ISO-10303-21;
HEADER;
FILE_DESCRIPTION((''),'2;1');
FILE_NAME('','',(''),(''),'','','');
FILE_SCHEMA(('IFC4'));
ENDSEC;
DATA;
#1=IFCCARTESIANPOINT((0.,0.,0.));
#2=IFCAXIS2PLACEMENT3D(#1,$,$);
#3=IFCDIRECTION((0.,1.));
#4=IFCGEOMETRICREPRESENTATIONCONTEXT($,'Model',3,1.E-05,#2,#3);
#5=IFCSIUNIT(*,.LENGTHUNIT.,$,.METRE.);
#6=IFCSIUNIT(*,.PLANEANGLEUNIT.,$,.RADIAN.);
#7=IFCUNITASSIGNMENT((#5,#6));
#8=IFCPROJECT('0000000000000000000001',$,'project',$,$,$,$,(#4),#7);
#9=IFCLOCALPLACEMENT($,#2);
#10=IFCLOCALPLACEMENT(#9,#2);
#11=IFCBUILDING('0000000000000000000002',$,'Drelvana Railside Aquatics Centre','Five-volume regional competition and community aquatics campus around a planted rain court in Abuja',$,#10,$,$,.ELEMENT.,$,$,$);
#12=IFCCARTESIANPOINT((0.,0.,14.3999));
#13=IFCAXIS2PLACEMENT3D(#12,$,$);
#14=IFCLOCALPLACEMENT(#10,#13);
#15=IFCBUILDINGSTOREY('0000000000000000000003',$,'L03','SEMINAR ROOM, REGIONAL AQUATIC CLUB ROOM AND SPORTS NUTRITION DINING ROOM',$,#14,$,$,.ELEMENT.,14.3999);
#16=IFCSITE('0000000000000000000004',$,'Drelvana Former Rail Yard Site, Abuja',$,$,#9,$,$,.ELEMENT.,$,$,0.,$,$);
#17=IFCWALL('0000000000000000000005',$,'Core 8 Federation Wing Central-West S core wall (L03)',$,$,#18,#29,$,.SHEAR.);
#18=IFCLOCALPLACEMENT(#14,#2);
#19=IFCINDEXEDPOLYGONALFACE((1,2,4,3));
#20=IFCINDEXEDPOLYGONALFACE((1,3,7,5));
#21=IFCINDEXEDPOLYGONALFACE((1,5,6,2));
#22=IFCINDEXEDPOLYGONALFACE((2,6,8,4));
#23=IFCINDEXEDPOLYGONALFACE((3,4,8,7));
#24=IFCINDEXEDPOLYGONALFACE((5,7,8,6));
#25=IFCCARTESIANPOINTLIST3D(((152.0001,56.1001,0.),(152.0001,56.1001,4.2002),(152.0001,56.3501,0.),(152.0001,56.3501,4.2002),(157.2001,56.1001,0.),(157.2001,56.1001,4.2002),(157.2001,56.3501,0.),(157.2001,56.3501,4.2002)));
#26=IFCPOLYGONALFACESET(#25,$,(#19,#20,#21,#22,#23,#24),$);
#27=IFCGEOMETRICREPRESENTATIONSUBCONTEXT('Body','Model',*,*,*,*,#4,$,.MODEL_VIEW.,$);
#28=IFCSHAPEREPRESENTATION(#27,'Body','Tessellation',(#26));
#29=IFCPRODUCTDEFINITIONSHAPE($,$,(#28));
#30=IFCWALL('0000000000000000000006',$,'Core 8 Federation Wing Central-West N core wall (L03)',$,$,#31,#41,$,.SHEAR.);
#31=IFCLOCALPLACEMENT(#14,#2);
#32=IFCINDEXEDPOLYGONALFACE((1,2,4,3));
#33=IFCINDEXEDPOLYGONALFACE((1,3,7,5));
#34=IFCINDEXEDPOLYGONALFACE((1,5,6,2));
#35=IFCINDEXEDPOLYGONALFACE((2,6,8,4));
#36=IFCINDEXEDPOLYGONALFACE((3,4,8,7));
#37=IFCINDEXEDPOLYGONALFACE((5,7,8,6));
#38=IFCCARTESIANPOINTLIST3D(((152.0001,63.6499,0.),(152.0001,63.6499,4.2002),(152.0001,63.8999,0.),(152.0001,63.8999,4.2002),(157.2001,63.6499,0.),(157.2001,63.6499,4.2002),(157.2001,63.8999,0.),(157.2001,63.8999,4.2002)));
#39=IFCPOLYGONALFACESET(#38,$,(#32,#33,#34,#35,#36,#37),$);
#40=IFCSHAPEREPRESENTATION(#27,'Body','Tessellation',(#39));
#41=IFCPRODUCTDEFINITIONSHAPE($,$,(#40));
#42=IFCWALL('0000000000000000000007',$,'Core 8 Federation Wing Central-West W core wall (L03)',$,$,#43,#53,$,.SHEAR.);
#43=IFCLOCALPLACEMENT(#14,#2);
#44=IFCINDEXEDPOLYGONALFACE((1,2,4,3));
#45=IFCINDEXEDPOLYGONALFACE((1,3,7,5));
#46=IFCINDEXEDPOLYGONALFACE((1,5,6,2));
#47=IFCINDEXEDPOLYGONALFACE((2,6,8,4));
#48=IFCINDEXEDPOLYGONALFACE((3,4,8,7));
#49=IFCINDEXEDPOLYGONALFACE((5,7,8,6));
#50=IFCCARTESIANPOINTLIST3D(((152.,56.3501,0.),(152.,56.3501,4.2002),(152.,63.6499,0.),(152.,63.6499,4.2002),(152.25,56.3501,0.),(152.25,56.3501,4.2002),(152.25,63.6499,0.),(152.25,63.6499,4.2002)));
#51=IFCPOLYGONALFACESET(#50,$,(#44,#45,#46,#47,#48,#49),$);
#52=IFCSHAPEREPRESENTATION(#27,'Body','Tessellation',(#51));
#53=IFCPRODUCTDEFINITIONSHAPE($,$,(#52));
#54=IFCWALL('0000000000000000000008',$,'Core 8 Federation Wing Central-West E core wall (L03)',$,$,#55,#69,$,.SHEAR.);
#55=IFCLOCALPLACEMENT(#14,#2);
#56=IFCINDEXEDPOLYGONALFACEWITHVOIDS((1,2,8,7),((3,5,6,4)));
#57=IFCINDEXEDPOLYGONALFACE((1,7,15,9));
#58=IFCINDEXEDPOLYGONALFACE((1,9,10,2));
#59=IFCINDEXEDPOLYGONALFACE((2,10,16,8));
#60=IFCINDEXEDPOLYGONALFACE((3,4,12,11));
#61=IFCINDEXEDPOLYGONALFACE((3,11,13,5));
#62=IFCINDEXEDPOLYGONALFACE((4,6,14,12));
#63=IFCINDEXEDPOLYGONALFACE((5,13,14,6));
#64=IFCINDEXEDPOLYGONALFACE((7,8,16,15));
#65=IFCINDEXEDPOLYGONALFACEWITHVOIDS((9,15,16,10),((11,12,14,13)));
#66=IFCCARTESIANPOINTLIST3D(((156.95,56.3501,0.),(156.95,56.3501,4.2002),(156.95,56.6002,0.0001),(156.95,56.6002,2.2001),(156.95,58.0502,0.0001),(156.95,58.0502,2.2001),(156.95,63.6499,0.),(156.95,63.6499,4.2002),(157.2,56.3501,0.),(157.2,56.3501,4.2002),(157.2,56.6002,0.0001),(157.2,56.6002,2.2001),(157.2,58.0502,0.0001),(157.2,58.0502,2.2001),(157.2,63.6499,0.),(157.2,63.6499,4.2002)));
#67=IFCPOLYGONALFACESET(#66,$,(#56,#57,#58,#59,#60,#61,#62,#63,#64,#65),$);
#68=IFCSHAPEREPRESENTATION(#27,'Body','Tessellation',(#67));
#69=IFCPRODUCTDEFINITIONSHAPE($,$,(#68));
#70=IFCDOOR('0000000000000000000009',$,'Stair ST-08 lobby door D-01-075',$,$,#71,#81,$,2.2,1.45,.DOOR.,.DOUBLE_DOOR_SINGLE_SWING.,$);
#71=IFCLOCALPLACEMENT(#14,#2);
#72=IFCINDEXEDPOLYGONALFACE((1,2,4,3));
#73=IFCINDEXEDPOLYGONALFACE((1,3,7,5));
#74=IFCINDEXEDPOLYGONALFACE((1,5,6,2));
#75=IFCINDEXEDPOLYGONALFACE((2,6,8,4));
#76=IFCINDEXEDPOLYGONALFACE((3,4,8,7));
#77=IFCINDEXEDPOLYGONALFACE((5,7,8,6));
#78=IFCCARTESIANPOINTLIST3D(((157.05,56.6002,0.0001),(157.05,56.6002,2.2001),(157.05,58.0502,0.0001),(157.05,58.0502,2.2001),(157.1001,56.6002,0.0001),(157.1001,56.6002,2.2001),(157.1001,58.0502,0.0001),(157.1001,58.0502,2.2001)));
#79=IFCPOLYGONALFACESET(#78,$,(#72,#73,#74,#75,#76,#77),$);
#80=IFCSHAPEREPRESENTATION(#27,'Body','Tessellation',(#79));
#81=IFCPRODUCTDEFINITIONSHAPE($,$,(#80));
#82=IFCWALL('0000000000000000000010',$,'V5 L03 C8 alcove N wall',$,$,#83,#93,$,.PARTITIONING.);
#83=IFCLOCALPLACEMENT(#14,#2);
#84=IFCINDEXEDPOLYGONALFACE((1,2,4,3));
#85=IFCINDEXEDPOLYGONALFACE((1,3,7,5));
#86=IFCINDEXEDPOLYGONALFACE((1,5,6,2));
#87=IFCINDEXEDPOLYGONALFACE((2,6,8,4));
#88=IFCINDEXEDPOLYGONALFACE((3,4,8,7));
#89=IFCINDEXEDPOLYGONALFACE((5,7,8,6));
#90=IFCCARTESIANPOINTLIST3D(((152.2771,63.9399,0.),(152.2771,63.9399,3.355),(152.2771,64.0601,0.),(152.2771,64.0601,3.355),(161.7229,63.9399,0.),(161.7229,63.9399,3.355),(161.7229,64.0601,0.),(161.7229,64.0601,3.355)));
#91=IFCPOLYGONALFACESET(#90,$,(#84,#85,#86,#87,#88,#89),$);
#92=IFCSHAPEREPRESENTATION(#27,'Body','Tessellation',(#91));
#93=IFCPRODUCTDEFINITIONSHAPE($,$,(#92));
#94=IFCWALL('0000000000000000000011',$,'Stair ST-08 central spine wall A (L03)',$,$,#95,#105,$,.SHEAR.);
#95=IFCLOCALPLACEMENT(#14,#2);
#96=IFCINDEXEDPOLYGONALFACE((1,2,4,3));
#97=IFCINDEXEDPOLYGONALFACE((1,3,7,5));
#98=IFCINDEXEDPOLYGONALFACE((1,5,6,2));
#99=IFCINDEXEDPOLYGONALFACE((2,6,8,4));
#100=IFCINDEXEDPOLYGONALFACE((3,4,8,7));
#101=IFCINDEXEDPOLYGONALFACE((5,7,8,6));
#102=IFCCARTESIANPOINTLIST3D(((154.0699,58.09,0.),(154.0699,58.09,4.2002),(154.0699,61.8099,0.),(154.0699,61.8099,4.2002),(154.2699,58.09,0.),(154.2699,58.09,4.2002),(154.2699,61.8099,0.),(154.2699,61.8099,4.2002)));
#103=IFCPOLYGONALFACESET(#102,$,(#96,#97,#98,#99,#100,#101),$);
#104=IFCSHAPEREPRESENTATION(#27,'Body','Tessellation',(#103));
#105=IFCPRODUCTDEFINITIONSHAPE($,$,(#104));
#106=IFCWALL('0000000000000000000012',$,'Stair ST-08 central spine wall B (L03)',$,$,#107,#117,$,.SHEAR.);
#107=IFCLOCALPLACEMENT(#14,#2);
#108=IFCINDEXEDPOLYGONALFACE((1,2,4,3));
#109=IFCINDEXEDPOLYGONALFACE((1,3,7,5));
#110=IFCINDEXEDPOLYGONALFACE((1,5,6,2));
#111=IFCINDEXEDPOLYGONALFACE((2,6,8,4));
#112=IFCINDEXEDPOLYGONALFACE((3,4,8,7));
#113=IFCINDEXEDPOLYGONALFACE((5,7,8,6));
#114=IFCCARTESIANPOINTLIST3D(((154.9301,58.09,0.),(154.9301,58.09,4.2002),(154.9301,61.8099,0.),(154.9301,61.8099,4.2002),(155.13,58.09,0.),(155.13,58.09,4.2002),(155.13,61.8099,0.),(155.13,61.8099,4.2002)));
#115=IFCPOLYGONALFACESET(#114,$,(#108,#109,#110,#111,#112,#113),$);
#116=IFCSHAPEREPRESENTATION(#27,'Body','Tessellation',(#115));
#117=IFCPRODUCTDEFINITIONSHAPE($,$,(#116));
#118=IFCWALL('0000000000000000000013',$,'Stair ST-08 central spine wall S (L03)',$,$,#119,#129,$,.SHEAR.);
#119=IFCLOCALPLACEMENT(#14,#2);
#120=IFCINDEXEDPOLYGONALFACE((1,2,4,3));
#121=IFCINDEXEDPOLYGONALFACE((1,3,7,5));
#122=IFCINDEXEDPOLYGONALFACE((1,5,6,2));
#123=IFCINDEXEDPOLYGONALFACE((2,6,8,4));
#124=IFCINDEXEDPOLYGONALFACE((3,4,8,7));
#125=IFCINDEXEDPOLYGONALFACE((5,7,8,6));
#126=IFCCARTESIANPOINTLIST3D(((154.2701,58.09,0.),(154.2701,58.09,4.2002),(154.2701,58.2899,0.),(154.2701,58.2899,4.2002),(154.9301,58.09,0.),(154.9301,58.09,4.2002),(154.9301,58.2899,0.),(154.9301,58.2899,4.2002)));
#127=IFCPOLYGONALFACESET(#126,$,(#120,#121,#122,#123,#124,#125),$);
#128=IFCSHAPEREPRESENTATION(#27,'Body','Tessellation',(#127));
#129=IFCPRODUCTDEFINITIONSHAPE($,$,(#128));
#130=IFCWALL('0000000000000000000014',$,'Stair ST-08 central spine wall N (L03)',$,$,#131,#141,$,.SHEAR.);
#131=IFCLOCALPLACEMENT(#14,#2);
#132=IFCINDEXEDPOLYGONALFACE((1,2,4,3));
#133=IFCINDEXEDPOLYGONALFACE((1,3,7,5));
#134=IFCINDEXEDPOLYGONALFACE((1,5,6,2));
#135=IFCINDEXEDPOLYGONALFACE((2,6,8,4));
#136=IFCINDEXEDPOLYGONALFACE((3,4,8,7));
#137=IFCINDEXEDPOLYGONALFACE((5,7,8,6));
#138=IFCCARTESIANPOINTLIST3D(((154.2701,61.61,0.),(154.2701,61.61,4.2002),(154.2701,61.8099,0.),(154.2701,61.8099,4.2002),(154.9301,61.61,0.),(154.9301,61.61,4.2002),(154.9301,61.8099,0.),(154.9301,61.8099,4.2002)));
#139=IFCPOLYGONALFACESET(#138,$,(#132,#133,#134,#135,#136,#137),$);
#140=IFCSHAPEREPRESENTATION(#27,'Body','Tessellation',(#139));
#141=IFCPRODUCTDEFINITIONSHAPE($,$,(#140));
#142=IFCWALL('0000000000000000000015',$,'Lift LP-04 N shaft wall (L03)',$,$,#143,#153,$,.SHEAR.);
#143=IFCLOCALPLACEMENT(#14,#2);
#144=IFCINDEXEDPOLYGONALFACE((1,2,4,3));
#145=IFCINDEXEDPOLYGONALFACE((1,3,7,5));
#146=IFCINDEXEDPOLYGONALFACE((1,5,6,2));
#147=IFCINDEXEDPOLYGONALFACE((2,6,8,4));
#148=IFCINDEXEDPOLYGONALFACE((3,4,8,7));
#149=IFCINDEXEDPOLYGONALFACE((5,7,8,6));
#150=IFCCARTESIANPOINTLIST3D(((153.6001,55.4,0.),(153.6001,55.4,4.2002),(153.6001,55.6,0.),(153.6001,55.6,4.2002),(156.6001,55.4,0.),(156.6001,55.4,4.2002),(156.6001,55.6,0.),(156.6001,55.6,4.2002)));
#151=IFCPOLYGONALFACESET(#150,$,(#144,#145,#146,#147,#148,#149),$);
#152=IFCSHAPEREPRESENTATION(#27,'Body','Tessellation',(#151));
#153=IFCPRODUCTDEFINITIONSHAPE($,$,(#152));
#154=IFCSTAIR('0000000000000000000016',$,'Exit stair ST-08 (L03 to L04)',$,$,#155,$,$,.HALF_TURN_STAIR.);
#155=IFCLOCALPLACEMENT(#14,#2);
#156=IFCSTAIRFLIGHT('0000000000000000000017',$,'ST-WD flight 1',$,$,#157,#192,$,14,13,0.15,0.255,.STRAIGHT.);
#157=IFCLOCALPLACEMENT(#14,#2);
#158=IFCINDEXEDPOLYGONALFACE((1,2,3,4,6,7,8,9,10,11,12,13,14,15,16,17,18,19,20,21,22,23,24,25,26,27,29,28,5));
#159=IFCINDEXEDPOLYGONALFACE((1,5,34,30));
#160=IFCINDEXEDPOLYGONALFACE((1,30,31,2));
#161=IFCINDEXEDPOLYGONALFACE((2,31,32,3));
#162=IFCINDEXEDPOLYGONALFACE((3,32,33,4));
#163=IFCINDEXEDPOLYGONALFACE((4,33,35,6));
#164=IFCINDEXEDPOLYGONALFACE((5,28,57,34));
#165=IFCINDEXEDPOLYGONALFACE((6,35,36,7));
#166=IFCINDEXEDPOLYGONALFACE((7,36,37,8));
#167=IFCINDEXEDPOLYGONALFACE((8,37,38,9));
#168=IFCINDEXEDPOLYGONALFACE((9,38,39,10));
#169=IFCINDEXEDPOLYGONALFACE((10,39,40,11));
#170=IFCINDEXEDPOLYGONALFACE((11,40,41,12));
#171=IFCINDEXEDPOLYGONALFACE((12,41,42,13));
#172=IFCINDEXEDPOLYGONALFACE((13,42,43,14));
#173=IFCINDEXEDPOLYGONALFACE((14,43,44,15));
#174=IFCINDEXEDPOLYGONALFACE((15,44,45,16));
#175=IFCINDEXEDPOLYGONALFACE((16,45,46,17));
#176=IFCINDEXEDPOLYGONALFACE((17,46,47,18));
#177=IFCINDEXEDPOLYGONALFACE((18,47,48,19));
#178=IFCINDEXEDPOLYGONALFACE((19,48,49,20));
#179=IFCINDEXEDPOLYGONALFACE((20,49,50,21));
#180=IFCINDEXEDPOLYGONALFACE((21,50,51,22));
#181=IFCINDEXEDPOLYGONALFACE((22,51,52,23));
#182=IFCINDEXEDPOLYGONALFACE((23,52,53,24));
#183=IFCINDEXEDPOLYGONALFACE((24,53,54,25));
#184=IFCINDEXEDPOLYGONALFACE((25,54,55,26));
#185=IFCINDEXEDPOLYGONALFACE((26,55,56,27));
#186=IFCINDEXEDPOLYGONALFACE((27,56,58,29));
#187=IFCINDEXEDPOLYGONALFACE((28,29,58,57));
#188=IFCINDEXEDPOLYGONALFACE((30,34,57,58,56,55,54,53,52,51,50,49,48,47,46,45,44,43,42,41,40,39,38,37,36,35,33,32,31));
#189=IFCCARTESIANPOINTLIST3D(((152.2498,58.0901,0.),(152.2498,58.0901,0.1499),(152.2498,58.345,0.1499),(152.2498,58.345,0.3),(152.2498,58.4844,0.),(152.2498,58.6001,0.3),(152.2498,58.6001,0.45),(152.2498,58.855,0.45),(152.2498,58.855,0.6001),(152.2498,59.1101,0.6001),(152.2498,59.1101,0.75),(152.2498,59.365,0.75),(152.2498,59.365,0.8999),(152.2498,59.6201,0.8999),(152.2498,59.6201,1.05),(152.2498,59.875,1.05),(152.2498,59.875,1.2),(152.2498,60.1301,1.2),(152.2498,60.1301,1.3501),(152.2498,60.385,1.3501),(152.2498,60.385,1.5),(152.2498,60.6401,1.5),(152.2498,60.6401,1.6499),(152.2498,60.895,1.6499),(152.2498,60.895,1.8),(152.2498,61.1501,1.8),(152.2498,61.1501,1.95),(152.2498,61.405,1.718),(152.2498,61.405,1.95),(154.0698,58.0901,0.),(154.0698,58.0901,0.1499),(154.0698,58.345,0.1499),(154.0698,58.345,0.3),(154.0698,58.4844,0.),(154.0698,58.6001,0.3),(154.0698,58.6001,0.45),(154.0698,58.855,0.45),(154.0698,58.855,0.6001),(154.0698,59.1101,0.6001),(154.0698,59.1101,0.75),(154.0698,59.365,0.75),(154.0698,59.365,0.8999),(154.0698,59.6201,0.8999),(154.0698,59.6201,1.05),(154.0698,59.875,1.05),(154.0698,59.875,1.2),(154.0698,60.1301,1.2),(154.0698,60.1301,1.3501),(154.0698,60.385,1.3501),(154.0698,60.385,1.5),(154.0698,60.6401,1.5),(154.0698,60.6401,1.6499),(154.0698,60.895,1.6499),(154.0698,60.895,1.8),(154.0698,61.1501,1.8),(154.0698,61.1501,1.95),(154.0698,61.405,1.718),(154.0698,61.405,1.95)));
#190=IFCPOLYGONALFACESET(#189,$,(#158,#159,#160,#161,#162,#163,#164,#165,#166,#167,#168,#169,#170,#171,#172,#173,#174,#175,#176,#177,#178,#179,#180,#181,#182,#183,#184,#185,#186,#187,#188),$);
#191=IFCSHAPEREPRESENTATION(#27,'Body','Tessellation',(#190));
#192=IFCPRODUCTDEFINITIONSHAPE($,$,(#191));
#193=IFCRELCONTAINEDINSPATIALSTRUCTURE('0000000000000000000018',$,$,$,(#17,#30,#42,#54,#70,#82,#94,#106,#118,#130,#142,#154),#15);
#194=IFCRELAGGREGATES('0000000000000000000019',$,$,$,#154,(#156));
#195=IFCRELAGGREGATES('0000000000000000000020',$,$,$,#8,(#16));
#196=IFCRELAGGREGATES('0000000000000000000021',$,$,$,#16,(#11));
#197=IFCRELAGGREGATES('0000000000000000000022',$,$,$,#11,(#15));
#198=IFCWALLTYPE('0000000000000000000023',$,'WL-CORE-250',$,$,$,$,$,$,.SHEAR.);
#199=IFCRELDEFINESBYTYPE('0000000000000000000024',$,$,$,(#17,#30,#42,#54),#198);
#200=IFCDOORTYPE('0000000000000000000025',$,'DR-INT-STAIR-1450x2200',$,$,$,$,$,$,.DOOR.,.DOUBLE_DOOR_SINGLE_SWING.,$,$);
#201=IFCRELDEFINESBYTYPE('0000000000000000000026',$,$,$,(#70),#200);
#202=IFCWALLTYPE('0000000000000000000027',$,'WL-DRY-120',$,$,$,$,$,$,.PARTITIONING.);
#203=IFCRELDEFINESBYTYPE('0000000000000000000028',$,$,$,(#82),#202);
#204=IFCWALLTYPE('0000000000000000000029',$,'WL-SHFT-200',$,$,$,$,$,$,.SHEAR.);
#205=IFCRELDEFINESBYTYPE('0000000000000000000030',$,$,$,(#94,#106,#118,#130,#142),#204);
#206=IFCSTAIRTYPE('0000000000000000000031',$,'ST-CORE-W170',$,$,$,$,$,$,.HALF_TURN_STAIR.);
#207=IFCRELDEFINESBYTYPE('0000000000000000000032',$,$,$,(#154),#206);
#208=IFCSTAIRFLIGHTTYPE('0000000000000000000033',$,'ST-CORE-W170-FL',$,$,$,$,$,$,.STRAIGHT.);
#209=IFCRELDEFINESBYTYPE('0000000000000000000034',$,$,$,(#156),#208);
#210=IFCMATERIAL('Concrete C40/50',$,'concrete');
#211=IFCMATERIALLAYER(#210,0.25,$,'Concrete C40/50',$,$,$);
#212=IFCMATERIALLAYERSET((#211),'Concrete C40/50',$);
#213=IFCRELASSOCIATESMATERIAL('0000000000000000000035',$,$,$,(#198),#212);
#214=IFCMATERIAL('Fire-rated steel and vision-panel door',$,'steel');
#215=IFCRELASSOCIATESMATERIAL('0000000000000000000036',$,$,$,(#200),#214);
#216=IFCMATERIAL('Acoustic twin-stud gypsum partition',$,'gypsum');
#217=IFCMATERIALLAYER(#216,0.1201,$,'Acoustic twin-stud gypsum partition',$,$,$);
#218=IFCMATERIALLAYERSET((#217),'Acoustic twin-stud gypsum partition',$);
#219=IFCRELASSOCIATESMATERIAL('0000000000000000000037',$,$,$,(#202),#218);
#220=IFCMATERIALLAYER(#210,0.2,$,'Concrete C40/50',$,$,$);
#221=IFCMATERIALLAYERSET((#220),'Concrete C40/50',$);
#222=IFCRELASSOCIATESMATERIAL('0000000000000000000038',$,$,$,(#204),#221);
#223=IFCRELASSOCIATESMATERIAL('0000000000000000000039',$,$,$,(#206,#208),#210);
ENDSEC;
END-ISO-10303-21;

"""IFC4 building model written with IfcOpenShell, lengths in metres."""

from ifc_helpers import new_model, si_unit, direction, frame, frame_2d, origin, place, context, subcontext, project, spatial, polyline, rectangle, outline, extrude, material, layer, layer_set, type_object, element, fill, aggregate, save


model = new_model("IFC4")

# Units and contexts
model_context = context("Model", 3, precision=1e-05, world=origin(), true_north=direction((0.0, 1.0)))
body_context = subcontext(model_context, "Body", "Model", "MODEL_VIEW")
ifc_project = project(units=[si_unit("LENGTHUNIT", "METRE"), si_unit("PLANEANGLEUNIT", "RADIAN")], contexts=[model_context])

# Site, building, storey
site_placement = place(None, origin())
site = spatial("IfcSite", under=ifc_project, at=site_placement, Name="Drelvana Former Rail Yard Site, Abuja", CompositionType="ELEMENT", RefElevation=0.0)
building_placement = place(site_placement, origin())
building = spatial("IfcBuilding", under=site, at=building_placement, Name="Drelvana Railside Aquatics Centre", Description="Five-volume regional competition and community aquatics campus around a planted rain court in Abuja", CompositionType="ELEMENT")
storey_placement = place(building_placement, frame((0.0, 0.0, 14.3999)))
storey = spatial("IfcBuildingStorey", under=building, at=storey_placement, Name="L03", Description="SEMINAR ROOM, REGIONAL AQUATIC CLUB ROOM AND SPORTS NUTRITION DINING ROOM", CompositionType="ELEMENT", Elevation=14.3999)

# Shared definitions
ifc_material_1 = material(Name="Concrete C40/50", Category="concrete")

# Walls
ifc_layer_1 = layer(ifc_material_1, 0.25, Name="Concrete C40/50")
ifc_layer_set_1 = layer_set([ifc_layer_1], Name="Concrete C40/50")
wall_type_1 = type_object("IfcWallType", Name="WL-CORE-250", PredefinedType="SHEAR", material=ifc_layer_set_1)
for number, where, z_axis, x_axis, name in (
    (1, (152.0, 56.2251, 0.0), (0.0, 0.0, 1.0), (1.0, 0.0, 0.0), "Core 8 Federation Wing Central-West S core wall (L03)"),
    (2, (152.0, 63.7749, 0.0), (0.0, 0.0, 1.0), (1.0, 0.0, 0.0), "Core 8 Federation Wing Central-West N core wall (L03)"),
):
    element("IfcWall", number, at=place(storey_placement, frame(where, z_axis=z_axis, x_axis=x_axis)), inside=storey, type_object=wall_type_1, Name=name, PredefinedType="SHEAR", context=body_context, shape_type="SweptSolid", body=[
        extrude(rectangle(XDim=5.2, YDim=0.25, at=frame_2d((2.6001, 0.0))), origin(), (0.0, 0.0, 1.0), 4.2002),
    ])
wall_1_placement = place(storey_placement, frame((152.125, 56.3501, 0.0), z_axis=(0.0, 0.0, 1.0), x_axis=(0.0, 1.0, 0.0)))
element("IfcWall", 3, at=wall_1_placement, inside=storey, type_object=wall_type_1, Name="Core 8 Federation Wing Central-West W core wall (L03)", PredefinedType="SHEAR", context=body_context, shape_type="SweptSolid", body=[
    extrude(rectangle(XDim=7.2998, YDim=0.25, at=frame_2d((3.6499, 0.0))), origin(), (0.0, 0.0, 1.0), 4.2002),
])

# Wall, opening, door
wall_2_placement = place(storey_placement, frame((157.075, 56.3501, 0.0), z_axis=(0.0, 0.0, 1.0), x_axis=(0.0, 1.0, 0.0)))
wall_2 = element("IfcWall", 4, at=wall_2_placement, inside=storey, type_object=wall_type_1, Name="Core 8 Federation Wing Central-West E core wall (L03)", PredefinedType="SHEAR", context=body_context, shape_type="SweptSolid", body=[
    extrude(rectangle(XDim=7.2998, YDim=0.25, at=frame_2d((3.6499, 0.0))), origin(), (0.0, 0.0, 1.0), 4.2002),
])
opening_1_placement = place(wall_2_placement, frame((0.25, 0.0, 0.0)))
opening_1 = element("IfcOpeningElement", 5, at=opening_1_placement, cuts=wall_2, PredefinedType="OPENING", context=body_context, shape_type="SweptSolid", body=[
    extrude(rectangle(XDim=1.45, YDim=2.2, at=frame_2d((0.7251, 1.1001))), frame((0.0, 0.135, 0.0), z_axis=(0.0, -1.0, 0.0), x_axis=(1.0, 0.0, 0.0)), (0.0, 0.0, 1.0), 0.27),
])
ifc_material_2 = material(Name="Fire-rated steel and vision-panel door", Category="steel")
door_type_1 = type_object("IfcDoorType", Name="DR-INT-STAIR-1450x2200", OperationType="DOUBLE_DOOR_SINGLE_SWING", PredefinedType="DOOR", material=ifc_material_2)
door_1_placement = place(opening_1_placement, origin())
door_1 = element("IfcDoor", 6, at=door_1_placement, inside=storey, type_object=door_type_1, Name="Stair ST-08 lobby door D-01-075", OperationType="DOUBLE_DOOR_SINGLE_SWING", OverallHeight=2.2, OverallWidth=1.45, PredefinedType="DOOR", context=body_context, shape_type="SweptSolid", body=[
    extrude(rectangle(XDim=1.45, YDim=2.2, at=frame_2d((0.7251, 1.1001))), frame((0.0, 0.0249, 0.0), z_axis=(0.0, -1.0, 0.0), x_axis=(1.0, 0.0, 0.0)), (0.0, 0.0, 1.0), 0.05),
])
fill(opening_1, door_1)
ifc_material_3 = material(Name="Acoustic twin-stud gypsum partition", Category="gypsum")
ifc_layer_2 = layer(ifc_material_3, 0.1201, Name="Acoustic twin-stud gypsum partition")
ifc_layer_set_2 = layer_set([ifc_layer_2], Name="Acoustic twin-stud gypsum partition")
wall_type_2 = type_object("IfcWallType", Name="WL-DRY-120", PredefinedType="PARTITIONING", material=ifc_layer_set_2)

# Walls
wall_3_placement = place(storey_placement, frame((152.2771, 64.0, 0.0), z_axis=(0.0, 0.0, 1.0), x_axis=(1.0, 0.0, 0.0)))
element("IfcWall", 7, at=wall_3_placement, inside=storey, type_object=wall_type_2, Name="V5 L03 C8 alcove N wall", PredefinedType="PARTITIONING", context=body_context, shape_type="SweptSolid", body=[
    extrude(rectangle(XDim=9.4458, YDim=0.1201, at=frame_2d((4.7229, 0.0))), origin(), (0.0, 0.0, 1.0), 3.355),
])
ifc_layer_3 = layer(ifc_material_1, 0.2, Name="Concrete C40/50")
ifc_layer_set_3 = layer_set([ifc_layer_3], Name="Concrete C40/50")
wall_type_3 = type_object("IfcWallType", Name="WL-SHFT-200", PredefinedType="SHEAR", material=ifc_layer_set_3)
for number, where, z_axis, x_axis, name in (
    (8, (154.1699, 58.0901, 0.0), (0.0, 0.0, 1.0), (0.0, 1.0, 0.0), "Stair ST-08 central spine wall A (L03)"),
    (9, (155.03, 58.0901, 0.0), (0.0, 0.0, 1.0), (0.0, 1.0, 0.0), "Stair ST-08 central spine wall B (L03)"),
):
    element("IfcWall", number, at=place(storey_placement, frame(where, z_axis=z_axis, x_axis=x_axis)), inside=storey, type_object=wall_type_3, Name=name, PredefinedType="SHEAR", context=body_context, shape_type="SweptSolid", body=[
        extrude(rectangle(XDim=3.72, YDim=0.2, at=frame_2d((1.8599, 0.0))), origin(), (0.0, 0.0, 1.0), 4.2002),
    ])
for number, where, z_axis, x_axis, name in (
    (10, (154.27, 58.1899, 0.0), (0.0, 0.0, 1.0), (1.0, 0.0, 0.0), "Stair ST-08 central spine wall S (L03)"),
    (11, (154.27, 61.71, 0.0), (0.0, 0.0, 1.0), (1.0, 0.0, 0.0), "Stair ST-08 central spine wall N (L03)"),
):
    element("IfcWall", number, at=place(storey_placement, frame(where, z_axis=z_axis, x_axis=x_axis)), inside=storey, type_object=wall_type_3, Name=name, PredefinedType="SHEAR", context=body_context, shape_type="SweptSolid", body=[
        extrude(rectangle(XDim=0.6599, YDim=0.2, at=frame_2d((0.3301, 0.0))), origin(), (0.0, 0.0, 1.0), 4.2002),
    ])
wall_4_placement = place(storey_placement, frame((153.6001, 55.5, 0.0), z_axis=(0.0, 0.0, 1.0), x_axis=(1.0, 0.0, 0.0)))
element("IfcWall", 12, at=wall_4_placement, inside=storey, type_object=wall_type_3, Name="Lift LP-04 N shaft wall (L03)", PredefinedType="SHEAR", context=body_context, shape_type="SweptSolid", body=[
    extrude(rectangle(XDim=3.0, YDim=0.2, at=frame_2d((1.5, 0.0))), origin(), (0.0, 0.0, 1.0), 4.2002),
])

# Stair, stair flight
stair_type = type_object("IfcStairType", Name="ST-CORE-W170", PredefinedType="HALF_TURN_STAIR", material=ifc_material_1)
stair_placement = place(storey_placement, origin())
stair = element("IfcStair", 13, at=stair_placement, inside=storey, type_object=stair_type, Name="Exit stair ST-08 (L03 to L04)", PredefinedType="HALF_TURN_STAIR")
stair_flight_type = type_object("IfcStairFlightType", Name="ST-CORE-W170-FL", PredefinedType="STRAIGHT", material=ifc_material_1)
stair_flight_1_placement = place(storey_placement, frame((153.1599, 58.0901, 0.0), z_axis=(0.0, 0.0, 1.0), x_axis=(0.0, 1.0, 0.0)))
stair_flight_1 = element("IfcStairFlight", 14, at=stair_flight_1_placement, type_object=stair_flight_type, Name="ST-WD flight 1", NumberOfRisers=14, NumberOfTreads=13, PredefinedType="STRAIGHT", RiserHeight=0.15, TreadLength=0.255, context=body_context, shape_type="SweptSolid", body=[
    extrude(outline(polyline([(0.0, 0.0), (0.0, 0.1499), (0.2549, 0.1499), (0.2549, 0.3), (0.51, 0.3), (0.51, 0.45), (0.7649, 0.45), (0.7649, 0.6001), (1.02, 0.6001), (1.02, 0.75), (1.2749, 0.75), (1.2749, 0.8999), (1.53, 0.8999), (1.53, 1.05), (1.7849, 1.05), (1.7849, 1.2), (2.04, 1.2), (2.04, 1.3501), (2.2949, 1.3501), (2.2949, 1.5), (2.55, 1.5), (2.55, 1.6499), (2.8049, 1.6499), (2.8049, 1.8), (3.0601, 1.8), (3.0601, 1.95), (3.3149, 1.95), (3.3149, 2.1001), (3.3149, 1.718), (0.3943, 0.0), (0.0, 0.0)])), frame((0.0, 0.9102, 0.0), z_axis=(0.0, -1.0, 0.0), x_axis=(1.0, 0.0, 0.0)), (0.0, 0.0, 1.0), 1.8201),
])
aggregate(stair, [stair_flight_1])

save(model, "model.ifc")
